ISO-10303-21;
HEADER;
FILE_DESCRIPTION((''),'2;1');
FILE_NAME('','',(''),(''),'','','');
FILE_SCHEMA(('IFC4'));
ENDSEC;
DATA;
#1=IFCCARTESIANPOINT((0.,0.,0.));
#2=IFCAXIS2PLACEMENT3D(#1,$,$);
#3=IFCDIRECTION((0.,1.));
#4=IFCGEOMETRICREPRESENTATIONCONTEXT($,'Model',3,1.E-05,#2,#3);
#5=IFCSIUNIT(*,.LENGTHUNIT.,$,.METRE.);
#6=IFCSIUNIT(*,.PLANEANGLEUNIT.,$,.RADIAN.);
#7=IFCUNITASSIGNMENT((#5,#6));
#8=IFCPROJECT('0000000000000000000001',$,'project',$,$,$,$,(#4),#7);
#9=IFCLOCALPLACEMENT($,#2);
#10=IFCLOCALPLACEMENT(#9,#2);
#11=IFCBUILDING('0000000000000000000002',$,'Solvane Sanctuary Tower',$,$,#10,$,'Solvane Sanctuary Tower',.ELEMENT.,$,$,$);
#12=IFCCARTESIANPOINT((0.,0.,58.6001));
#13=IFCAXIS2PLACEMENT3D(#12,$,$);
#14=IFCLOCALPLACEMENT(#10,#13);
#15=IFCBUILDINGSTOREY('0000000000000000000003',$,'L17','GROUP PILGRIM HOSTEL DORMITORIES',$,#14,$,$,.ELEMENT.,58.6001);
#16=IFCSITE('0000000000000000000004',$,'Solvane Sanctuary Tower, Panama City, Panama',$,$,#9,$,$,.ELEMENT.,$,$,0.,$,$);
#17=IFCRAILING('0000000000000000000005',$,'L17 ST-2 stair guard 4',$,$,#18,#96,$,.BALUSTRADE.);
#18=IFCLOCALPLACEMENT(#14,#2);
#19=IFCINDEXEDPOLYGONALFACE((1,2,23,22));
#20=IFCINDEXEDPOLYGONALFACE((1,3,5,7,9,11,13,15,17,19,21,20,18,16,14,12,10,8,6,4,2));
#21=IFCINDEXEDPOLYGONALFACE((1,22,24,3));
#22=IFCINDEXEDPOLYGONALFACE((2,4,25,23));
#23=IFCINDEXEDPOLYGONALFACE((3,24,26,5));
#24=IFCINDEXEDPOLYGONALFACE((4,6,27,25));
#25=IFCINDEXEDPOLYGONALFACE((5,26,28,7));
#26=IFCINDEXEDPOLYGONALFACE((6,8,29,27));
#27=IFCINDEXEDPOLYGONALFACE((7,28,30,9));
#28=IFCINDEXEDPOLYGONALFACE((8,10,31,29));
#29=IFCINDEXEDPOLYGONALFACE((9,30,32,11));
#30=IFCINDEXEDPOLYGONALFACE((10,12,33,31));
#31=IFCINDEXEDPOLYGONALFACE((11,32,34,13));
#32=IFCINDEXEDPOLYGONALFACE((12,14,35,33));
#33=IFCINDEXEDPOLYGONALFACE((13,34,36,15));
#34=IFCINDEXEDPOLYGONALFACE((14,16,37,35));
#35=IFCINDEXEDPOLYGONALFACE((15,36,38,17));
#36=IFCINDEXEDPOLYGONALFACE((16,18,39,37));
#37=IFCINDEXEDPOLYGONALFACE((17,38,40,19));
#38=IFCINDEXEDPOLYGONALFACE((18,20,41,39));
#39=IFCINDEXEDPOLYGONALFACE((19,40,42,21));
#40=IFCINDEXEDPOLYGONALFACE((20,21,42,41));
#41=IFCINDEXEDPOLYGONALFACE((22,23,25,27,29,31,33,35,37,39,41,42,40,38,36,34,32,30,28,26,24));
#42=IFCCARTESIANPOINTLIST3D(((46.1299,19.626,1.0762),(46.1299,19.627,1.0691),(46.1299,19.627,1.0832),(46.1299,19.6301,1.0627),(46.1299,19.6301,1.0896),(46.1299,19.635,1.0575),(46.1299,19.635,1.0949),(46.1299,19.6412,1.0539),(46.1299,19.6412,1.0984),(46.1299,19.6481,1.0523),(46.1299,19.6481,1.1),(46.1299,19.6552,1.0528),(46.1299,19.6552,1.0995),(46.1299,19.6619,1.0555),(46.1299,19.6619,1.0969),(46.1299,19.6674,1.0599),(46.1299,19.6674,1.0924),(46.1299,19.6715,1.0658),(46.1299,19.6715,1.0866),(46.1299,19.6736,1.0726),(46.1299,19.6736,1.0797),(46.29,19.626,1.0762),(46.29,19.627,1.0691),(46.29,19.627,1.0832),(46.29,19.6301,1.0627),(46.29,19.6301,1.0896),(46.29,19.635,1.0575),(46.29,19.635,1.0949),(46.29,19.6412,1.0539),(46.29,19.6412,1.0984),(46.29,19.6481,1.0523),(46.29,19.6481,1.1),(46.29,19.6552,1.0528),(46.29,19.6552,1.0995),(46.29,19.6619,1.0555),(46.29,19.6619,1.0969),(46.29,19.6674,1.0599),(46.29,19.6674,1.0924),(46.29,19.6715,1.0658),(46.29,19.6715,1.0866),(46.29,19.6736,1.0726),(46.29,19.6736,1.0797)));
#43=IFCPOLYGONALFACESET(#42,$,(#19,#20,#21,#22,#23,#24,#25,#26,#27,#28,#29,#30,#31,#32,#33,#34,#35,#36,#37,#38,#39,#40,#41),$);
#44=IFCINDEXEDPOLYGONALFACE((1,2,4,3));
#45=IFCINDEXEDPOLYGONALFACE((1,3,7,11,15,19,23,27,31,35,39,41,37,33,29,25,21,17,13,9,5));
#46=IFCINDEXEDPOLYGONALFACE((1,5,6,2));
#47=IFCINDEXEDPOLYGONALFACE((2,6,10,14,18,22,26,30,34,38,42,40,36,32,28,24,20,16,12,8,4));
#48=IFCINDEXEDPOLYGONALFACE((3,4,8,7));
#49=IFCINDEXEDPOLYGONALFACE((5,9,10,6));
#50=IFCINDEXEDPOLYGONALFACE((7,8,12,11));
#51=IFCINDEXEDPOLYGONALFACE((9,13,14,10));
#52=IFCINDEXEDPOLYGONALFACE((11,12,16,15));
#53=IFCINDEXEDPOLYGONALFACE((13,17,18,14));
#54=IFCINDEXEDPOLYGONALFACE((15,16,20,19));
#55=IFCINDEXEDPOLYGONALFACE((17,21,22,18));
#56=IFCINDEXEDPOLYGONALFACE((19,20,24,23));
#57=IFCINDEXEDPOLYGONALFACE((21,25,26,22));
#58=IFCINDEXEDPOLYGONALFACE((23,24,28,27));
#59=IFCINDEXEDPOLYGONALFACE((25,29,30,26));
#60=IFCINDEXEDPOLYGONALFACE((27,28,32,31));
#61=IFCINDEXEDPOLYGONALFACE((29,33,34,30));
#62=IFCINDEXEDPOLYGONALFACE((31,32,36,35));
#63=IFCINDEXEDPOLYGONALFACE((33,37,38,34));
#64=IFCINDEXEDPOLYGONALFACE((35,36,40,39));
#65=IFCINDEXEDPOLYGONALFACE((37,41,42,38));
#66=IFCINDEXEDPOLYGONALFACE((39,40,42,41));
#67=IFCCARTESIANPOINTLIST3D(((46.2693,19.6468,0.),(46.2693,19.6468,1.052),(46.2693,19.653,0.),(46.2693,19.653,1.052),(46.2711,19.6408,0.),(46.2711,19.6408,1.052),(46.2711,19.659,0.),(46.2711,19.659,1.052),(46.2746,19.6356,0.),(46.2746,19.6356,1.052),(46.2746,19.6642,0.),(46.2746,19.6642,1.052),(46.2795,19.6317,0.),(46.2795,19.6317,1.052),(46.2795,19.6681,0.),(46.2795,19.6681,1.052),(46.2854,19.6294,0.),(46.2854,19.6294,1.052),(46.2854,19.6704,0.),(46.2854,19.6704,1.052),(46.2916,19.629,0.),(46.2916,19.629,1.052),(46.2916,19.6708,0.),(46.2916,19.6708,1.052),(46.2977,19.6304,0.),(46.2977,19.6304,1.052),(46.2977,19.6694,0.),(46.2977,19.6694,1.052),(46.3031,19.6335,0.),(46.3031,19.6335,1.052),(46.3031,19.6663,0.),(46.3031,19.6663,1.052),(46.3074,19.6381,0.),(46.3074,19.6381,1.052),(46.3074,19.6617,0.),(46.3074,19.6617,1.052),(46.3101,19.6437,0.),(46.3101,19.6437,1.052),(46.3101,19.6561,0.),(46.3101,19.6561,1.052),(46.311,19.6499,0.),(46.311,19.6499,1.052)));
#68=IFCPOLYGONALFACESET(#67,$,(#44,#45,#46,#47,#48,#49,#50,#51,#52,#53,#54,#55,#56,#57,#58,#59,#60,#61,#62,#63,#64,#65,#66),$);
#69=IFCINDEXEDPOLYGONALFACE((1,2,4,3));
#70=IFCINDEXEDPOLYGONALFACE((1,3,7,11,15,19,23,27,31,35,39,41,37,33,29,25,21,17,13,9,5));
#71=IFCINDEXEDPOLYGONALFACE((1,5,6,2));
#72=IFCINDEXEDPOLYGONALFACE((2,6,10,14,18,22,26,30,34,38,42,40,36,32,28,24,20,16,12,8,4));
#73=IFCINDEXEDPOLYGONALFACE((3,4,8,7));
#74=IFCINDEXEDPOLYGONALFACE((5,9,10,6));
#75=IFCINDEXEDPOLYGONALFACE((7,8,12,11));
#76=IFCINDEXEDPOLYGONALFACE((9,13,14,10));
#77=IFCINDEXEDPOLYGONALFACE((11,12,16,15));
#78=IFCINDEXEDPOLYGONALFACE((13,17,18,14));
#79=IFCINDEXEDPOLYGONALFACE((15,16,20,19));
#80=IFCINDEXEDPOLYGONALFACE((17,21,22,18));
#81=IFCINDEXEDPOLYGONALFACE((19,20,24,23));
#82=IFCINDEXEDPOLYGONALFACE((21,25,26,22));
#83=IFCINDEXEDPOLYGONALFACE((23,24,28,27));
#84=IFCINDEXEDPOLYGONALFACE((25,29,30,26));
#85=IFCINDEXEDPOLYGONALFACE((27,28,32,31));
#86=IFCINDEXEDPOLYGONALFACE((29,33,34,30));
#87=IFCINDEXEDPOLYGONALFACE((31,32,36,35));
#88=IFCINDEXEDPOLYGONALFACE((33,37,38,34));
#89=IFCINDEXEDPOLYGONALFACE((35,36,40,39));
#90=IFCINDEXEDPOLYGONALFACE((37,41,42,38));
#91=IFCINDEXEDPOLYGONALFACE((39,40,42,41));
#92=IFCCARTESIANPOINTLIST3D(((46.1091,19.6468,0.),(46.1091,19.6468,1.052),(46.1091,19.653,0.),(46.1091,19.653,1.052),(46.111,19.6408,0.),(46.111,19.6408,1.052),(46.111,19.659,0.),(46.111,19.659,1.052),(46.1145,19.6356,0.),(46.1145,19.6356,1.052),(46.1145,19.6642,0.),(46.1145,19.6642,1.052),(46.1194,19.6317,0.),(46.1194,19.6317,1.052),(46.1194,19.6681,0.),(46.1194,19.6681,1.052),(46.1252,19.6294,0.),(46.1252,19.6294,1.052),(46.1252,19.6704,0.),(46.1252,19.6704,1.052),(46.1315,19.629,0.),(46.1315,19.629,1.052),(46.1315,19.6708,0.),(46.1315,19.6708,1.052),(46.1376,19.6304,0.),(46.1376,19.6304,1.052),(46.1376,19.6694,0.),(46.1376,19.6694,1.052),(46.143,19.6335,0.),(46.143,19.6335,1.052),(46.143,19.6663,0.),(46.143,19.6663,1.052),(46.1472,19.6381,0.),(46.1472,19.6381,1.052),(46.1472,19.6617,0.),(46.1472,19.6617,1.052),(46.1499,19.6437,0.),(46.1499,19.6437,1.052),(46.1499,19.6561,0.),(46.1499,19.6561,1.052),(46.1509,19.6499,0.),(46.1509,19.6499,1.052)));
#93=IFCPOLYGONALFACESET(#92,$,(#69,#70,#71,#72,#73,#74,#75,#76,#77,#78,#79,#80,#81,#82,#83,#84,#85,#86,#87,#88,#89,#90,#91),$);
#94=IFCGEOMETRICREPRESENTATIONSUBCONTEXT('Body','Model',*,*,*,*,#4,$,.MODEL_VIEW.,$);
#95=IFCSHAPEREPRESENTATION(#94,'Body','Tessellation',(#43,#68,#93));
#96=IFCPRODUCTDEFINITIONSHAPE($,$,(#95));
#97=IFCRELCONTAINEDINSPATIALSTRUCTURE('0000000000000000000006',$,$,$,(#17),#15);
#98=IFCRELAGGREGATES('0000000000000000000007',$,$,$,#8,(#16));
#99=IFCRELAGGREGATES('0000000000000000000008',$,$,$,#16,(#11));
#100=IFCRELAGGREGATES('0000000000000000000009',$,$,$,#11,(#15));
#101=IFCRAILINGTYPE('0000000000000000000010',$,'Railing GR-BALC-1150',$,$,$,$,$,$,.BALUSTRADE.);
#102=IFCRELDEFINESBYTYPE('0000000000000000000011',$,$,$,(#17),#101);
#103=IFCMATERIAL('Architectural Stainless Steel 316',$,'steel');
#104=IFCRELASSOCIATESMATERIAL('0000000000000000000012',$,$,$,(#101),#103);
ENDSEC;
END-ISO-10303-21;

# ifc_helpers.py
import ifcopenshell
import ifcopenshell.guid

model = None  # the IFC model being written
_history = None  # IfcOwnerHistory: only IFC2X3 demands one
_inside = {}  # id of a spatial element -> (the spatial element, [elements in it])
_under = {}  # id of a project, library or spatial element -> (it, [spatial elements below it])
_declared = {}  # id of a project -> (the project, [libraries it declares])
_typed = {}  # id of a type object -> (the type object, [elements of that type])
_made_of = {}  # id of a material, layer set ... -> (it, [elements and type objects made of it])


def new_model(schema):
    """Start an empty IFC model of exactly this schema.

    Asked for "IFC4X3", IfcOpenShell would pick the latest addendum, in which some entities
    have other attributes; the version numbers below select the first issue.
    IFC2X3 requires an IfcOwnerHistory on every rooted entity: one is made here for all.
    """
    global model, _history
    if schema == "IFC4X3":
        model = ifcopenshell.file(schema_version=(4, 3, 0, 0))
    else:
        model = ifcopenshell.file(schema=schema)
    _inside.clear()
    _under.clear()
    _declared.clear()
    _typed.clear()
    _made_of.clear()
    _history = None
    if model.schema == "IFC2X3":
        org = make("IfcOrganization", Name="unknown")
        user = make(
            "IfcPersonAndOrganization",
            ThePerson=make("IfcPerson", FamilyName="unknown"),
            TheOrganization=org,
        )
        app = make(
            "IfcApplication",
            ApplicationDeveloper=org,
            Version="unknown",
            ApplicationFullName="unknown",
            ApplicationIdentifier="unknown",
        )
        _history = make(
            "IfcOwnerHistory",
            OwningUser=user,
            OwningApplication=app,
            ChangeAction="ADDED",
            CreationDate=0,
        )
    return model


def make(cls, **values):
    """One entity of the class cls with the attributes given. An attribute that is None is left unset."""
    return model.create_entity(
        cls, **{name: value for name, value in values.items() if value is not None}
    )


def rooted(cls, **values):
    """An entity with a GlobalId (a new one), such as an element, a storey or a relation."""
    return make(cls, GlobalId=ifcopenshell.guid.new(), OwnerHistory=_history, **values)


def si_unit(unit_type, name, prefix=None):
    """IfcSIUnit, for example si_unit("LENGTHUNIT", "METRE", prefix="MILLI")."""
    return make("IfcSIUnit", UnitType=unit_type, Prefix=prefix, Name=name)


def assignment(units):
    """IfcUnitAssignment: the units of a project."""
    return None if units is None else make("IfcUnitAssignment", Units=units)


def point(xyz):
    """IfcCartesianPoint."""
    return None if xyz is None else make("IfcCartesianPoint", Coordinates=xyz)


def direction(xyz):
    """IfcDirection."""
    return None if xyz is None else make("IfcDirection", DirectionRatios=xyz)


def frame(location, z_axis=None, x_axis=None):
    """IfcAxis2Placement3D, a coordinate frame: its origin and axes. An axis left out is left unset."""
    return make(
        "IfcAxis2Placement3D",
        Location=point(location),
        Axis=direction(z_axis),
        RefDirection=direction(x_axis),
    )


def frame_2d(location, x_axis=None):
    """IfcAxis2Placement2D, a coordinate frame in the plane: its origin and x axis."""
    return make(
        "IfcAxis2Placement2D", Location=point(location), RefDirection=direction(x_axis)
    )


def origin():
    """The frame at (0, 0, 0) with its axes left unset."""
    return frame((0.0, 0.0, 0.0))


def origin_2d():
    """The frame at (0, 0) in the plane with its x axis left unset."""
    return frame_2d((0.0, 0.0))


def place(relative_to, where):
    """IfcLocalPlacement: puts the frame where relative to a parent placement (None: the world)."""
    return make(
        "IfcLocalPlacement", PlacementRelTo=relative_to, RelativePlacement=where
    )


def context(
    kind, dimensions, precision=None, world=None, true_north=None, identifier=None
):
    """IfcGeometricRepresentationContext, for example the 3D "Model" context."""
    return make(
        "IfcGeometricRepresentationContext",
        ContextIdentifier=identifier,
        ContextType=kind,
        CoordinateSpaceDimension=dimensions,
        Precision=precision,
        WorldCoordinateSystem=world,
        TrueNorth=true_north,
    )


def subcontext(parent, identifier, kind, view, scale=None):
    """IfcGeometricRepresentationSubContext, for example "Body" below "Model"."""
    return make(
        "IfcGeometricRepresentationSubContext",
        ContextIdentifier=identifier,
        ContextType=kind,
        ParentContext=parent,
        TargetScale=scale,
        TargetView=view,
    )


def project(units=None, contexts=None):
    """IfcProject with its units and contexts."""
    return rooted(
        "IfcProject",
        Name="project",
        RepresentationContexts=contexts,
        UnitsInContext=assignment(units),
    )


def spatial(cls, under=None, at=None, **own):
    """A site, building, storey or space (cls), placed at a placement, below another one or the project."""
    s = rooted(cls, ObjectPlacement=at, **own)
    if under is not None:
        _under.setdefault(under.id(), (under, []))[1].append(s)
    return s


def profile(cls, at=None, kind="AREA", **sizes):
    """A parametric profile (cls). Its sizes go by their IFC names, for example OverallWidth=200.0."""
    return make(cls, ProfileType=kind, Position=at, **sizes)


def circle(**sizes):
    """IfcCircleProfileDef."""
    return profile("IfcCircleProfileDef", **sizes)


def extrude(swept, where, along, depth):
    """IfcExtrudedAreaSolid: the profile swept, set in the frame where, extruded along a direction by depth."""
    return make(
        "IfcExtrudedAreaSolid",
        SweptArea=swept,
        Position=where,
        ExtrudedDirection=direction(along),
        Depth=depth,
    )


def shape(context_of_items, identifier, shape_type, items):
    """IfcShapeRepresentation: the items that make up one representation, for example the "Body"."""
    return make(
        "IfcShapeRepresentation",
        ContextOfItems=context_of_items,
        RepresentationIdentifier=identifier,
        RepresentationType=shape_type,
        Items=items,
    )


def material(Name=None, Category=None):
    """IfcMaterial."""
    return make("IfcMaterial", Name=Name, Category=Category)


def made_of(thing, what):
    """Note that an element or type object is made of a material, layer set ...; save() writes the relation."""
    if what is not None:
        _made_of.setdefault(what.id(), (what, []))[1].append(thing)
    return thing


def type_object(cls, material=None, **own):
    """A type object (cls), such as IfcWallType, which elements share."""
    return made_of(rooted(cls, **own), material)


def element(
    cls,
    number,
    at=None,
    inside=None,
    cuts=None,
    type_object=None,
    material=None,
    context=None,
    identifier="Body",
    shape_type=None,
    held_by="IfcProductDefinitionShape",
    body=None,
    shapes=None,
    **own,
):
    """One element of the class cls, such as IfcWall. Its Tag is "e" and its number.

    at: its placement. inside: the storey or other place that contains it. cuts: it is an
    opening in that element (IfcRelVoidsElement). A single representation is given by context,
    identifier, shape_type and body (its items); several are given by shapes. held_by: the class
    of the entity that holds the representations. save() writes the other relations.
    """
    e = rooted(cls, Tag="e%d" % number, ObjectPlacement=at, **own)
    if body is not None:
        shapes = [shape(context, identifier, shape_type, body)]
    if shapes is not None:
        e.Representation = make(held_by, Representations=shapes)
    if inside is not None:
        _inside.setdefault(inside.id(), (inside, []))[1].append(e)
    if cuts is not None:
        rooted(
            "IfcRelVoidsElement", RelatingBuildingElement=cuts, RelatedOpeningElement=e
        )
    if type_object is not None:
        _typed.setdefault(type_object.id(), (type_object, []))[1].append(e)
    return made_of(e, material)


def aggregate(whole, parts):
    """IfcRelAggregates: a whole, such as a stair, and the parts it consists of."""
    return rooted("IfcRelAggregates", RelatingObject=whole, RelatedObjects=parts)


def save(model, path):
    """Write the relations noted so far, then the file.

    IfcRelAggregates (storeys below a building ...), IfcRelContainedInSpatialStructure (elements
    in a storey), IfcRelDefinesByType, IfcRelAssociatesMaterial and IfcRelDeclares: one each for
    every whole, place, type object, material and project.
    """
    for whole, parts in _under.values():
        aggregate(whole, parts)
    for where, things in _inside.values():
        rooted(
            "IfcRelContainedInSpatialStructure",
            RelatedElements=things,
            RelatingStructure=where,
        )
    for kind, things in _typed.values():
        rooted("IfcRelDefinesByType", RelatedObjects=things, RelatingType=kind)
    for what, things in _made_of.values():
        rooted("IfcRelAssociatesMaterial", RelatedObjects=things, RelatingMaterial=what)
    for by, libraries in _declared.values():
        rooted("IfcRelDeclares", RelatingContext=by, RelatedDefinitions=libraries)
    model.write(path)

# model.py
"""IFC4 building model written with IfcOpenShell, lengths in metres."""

from ifc_helpers import new_model, si_unit, direction, frame, origin, origin_2d, place, context, subcontext, project, spatial, circle, extrude, material, type_object, element, save


model = new_model("IFC4")

# Units and contexts
model_context = context("Model", 3, precision=1e-05, world=origin(), true_north=direction((0.0, 1.0)))
body_context = subcontext(model_context, "Body", "Model", "MODEL_VIEW")
ifc_project = project(units=[si_unit("LENGTHUNIT", "METRE"), si_unit("PLANEANGLEUNIT", "RADIAN")], contexts=[model_context])

# Site, building, storey
site_placement = place(None, origin())
site = spatial("IfcSite", under=ifc_project, at=site_placement, Name="Solvane Sanctuary Tower, Panama City, Panama", CompositionType="ELEMENT", RefElevation=0.0)
building_placement = place(site_placement, origin())
building = spatial("IfcBuilding", under=site, at=building_placement, Name="Solvane Sanctuary Tower", LongName="Solvane Sanctuary Tower", CompositionType="ELEMENT")
storey_placement = place(building_placement, frame((0.0, 0.0, 58.6001)))
storey = spatial("IfcBuildingStorey", under=building, at=storey_placement, Name="L17", Description="GROUP PILGRIM HOSTEL DORMITORIES", CompositionType="ELEMENT", Elevation=58.6001)

# Shared definitions
ifc_material_1 = material(Name="Architectural Stainless Steel 316", Category="steel")

# Railing
railing_type_1 = type_object("IfcRailingType", Name="Railing GR-BALC-1150", PredefinedType="BALUSTRADE", material=ifc_material_1)
railing_1_placement = place(storey_placement, frame((46.29, 19.6499, 0.0)))
element("IfcRailing", 1, at=railing_1_placement, inside=storey, type_object=railing_type_1, Name="L17 ST-2 stair guard 4", PredefinedType="BALUSTRADE", context=body_context, shape_type="SweptSolid", body=[
    extrude(circle(Radius=0.0239, at=origin_2d()), frame((0.0, 0.0, 1.0762), z_axis=(-1.0, 0.0, 0.0), x_axis=(0.0, -1.0, 0.0)), (0.0, 0.0, 1.0), 0.1602),
    extrude(circle(Radius=0.021, at=origin_2d()), origin(), (0.0, 0.0, 1.0), 1.052),
    extrude(circle(Radius=0.021, at=origin_2d()), frame((-0.1602, 0.0, 0.0)), (0.0, 0.0, 1.0), 1.052),
])

save(model, "model.ifc")
